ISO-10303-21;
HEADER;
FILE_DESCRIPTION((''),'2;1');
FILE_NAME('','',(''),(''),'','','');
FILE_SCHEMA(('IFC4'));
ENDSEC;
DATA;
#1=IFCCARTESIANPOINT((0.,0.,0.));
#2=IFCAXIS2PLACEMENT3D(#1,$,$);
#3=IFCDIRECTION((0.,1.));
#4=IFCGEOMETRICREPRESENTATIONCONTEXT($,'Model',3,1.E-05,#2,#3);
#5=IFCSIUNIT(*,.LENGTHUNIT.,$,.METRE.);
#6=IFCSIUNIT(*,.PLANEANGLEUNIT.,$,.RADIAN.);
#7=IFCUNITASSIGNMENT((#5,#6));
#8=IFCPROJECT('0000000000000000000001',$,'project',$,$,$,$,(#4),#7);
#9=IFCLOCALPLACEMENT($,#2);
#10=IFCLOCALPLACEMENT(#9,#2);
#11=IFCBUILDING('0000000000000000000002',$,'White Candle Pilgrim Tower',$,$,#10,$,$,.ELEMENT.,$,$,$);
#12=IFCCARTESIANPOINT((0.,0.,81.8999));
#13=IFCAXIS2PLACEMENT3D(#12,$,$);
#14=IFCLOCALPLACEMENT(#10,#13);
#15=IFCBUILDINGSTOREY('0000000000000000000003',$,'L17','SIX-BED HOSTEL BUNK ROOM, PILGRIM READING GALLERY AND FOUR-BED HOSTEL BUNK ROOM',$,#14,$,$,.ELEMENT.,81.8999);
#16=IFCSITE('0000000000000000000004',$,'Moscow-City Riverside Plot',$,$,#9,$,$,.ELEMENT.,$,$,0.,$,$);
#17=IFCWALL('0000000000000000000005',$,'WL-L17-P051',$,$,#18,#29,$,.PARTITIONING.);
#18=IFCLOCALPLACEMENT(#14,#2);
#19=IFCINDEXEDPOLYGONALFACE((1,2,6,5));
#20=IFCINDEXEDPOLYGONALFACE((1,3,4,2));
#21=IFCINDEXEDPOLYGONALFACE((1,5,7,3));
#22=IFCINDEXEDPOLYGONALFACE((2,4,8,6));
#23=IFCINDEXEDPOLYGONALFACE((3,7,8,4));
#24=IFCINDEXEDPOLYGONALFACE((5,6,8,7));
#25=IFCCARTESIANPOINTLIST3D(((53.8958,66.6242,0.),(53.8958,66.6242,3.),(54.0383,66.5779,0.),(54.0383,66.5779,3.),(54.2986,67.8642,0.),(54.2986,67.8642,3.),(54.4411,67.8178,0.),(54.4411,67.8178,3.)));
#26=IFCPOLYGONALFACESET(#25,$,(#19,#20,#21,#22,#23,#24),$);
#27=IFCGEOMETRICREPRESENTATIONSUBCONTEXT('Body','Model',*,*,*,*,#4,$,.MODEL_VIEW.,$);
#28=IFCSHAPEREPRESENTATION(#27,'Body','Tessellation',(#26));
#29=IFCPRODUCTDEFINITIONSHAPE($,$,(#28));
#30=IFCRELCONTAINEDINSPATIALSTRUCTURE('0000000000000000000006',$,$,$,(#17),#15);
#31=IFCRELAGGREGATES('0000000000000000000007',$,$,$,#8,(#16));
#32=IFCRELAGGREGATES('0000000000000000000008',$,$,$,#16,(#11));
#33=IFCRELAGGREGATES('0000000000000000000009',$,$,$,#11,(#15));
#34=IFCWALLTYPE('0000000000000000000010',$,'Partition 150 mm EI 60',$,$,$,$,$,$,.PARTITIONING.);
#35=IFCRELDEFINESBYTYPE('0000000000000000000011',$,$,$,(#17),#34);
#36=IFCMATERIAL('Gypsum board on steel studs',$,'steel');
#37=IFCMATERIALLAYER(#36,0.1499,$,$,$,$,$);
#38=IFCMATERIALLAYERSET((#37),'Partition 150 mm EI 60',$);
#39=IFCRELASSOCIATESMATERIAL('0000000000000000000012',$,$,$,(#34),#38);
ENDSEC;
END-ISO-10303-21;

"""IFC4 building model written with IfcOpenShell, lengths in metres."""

from ifc_helpers import new_model, si_unit, direction, frame, frame_2d, origin, place, context, subcontext, project, spatial, rectangle, extrude, material, layer, layer_set, type_object, element, save


model = new_model("IFC4")

# Units and contexts
model_context = context("Model", 3, precision=1e-05, world=origin(), true_north=direction((0.0, 1.0)))
body_context = subcontext(model_context, "Body", "Model", "MODEL_VIEW")
ifc_project = project(units=[si_unit("LENGTHUNIT", "METRE"), si_unit("PLANEANGLEUNIT", "RADIAN")], contexts=[model_context])

# Site, building, storey
site_placement = place(None, origin())
site = spatial("IfcSite", under=ifc_project, at=site_placement, Name="Moscow-City Riverside Plot", CompositionType="ELEMENT", RefElevation=0.0)
building_placement = place(site_placement, origin())
building = spatial("IfcBuilding", under=site, at=building_placement, Name="White Candle Pilgrim Tower", CompositionType="ELEMENT")
storey_placement = place(building_placement, frame((0.0, 0.0, 81.8999)))
storey = spatial("IfcBuildingStorey", under=building, at=storey_placement, Name="L17", Description="SIX-BED HOSTEL BUNK ROOM, PILGRIM READING GALLERY AND FOUR-BED HOSTEL BUNK ROOM", CompositionType="ELEMENT", Elevation=81.8999)

# Shared definitions
ifc_material_1 = material(Name="Gypsum board on steel studs", Category="steel")

# Wall
ifc_layer_1 = layer(ifc_material_1, 0.1499)
ifc_layer_set_1 = layer_set([ifc_layer_1], Name="Partition 150 mm EI 60")
wall_type_1 = type_object("IfcWallType", Name="Partition 150 mm EI 60", PredefinedType="PARTITIONING", material=ifc_layer_set_1)
wall_1_placement = place(storey_placement, frame((53.967, 66.6011, 0.0), z_axis=(0.0, 0.0, 1.0), x_axis=(0.308972, 0.951071, 0.0)))
element("IfcWall", 1, at=wall_1_placement, inside=storey, type_object=wall_type_1, Name="WL-L17-P051", PredefinedType="PARTITIONING", context=body_context, shape_type="SweptSolid", body=[
    extrude(rectangle(XDim=1.3037, YDim=0.1499, at=frame_2d((0.6519, 0.0))), origin(), (0.0, 0.0, 1.0), 3.0),
])

save(model, "model.ifc")
